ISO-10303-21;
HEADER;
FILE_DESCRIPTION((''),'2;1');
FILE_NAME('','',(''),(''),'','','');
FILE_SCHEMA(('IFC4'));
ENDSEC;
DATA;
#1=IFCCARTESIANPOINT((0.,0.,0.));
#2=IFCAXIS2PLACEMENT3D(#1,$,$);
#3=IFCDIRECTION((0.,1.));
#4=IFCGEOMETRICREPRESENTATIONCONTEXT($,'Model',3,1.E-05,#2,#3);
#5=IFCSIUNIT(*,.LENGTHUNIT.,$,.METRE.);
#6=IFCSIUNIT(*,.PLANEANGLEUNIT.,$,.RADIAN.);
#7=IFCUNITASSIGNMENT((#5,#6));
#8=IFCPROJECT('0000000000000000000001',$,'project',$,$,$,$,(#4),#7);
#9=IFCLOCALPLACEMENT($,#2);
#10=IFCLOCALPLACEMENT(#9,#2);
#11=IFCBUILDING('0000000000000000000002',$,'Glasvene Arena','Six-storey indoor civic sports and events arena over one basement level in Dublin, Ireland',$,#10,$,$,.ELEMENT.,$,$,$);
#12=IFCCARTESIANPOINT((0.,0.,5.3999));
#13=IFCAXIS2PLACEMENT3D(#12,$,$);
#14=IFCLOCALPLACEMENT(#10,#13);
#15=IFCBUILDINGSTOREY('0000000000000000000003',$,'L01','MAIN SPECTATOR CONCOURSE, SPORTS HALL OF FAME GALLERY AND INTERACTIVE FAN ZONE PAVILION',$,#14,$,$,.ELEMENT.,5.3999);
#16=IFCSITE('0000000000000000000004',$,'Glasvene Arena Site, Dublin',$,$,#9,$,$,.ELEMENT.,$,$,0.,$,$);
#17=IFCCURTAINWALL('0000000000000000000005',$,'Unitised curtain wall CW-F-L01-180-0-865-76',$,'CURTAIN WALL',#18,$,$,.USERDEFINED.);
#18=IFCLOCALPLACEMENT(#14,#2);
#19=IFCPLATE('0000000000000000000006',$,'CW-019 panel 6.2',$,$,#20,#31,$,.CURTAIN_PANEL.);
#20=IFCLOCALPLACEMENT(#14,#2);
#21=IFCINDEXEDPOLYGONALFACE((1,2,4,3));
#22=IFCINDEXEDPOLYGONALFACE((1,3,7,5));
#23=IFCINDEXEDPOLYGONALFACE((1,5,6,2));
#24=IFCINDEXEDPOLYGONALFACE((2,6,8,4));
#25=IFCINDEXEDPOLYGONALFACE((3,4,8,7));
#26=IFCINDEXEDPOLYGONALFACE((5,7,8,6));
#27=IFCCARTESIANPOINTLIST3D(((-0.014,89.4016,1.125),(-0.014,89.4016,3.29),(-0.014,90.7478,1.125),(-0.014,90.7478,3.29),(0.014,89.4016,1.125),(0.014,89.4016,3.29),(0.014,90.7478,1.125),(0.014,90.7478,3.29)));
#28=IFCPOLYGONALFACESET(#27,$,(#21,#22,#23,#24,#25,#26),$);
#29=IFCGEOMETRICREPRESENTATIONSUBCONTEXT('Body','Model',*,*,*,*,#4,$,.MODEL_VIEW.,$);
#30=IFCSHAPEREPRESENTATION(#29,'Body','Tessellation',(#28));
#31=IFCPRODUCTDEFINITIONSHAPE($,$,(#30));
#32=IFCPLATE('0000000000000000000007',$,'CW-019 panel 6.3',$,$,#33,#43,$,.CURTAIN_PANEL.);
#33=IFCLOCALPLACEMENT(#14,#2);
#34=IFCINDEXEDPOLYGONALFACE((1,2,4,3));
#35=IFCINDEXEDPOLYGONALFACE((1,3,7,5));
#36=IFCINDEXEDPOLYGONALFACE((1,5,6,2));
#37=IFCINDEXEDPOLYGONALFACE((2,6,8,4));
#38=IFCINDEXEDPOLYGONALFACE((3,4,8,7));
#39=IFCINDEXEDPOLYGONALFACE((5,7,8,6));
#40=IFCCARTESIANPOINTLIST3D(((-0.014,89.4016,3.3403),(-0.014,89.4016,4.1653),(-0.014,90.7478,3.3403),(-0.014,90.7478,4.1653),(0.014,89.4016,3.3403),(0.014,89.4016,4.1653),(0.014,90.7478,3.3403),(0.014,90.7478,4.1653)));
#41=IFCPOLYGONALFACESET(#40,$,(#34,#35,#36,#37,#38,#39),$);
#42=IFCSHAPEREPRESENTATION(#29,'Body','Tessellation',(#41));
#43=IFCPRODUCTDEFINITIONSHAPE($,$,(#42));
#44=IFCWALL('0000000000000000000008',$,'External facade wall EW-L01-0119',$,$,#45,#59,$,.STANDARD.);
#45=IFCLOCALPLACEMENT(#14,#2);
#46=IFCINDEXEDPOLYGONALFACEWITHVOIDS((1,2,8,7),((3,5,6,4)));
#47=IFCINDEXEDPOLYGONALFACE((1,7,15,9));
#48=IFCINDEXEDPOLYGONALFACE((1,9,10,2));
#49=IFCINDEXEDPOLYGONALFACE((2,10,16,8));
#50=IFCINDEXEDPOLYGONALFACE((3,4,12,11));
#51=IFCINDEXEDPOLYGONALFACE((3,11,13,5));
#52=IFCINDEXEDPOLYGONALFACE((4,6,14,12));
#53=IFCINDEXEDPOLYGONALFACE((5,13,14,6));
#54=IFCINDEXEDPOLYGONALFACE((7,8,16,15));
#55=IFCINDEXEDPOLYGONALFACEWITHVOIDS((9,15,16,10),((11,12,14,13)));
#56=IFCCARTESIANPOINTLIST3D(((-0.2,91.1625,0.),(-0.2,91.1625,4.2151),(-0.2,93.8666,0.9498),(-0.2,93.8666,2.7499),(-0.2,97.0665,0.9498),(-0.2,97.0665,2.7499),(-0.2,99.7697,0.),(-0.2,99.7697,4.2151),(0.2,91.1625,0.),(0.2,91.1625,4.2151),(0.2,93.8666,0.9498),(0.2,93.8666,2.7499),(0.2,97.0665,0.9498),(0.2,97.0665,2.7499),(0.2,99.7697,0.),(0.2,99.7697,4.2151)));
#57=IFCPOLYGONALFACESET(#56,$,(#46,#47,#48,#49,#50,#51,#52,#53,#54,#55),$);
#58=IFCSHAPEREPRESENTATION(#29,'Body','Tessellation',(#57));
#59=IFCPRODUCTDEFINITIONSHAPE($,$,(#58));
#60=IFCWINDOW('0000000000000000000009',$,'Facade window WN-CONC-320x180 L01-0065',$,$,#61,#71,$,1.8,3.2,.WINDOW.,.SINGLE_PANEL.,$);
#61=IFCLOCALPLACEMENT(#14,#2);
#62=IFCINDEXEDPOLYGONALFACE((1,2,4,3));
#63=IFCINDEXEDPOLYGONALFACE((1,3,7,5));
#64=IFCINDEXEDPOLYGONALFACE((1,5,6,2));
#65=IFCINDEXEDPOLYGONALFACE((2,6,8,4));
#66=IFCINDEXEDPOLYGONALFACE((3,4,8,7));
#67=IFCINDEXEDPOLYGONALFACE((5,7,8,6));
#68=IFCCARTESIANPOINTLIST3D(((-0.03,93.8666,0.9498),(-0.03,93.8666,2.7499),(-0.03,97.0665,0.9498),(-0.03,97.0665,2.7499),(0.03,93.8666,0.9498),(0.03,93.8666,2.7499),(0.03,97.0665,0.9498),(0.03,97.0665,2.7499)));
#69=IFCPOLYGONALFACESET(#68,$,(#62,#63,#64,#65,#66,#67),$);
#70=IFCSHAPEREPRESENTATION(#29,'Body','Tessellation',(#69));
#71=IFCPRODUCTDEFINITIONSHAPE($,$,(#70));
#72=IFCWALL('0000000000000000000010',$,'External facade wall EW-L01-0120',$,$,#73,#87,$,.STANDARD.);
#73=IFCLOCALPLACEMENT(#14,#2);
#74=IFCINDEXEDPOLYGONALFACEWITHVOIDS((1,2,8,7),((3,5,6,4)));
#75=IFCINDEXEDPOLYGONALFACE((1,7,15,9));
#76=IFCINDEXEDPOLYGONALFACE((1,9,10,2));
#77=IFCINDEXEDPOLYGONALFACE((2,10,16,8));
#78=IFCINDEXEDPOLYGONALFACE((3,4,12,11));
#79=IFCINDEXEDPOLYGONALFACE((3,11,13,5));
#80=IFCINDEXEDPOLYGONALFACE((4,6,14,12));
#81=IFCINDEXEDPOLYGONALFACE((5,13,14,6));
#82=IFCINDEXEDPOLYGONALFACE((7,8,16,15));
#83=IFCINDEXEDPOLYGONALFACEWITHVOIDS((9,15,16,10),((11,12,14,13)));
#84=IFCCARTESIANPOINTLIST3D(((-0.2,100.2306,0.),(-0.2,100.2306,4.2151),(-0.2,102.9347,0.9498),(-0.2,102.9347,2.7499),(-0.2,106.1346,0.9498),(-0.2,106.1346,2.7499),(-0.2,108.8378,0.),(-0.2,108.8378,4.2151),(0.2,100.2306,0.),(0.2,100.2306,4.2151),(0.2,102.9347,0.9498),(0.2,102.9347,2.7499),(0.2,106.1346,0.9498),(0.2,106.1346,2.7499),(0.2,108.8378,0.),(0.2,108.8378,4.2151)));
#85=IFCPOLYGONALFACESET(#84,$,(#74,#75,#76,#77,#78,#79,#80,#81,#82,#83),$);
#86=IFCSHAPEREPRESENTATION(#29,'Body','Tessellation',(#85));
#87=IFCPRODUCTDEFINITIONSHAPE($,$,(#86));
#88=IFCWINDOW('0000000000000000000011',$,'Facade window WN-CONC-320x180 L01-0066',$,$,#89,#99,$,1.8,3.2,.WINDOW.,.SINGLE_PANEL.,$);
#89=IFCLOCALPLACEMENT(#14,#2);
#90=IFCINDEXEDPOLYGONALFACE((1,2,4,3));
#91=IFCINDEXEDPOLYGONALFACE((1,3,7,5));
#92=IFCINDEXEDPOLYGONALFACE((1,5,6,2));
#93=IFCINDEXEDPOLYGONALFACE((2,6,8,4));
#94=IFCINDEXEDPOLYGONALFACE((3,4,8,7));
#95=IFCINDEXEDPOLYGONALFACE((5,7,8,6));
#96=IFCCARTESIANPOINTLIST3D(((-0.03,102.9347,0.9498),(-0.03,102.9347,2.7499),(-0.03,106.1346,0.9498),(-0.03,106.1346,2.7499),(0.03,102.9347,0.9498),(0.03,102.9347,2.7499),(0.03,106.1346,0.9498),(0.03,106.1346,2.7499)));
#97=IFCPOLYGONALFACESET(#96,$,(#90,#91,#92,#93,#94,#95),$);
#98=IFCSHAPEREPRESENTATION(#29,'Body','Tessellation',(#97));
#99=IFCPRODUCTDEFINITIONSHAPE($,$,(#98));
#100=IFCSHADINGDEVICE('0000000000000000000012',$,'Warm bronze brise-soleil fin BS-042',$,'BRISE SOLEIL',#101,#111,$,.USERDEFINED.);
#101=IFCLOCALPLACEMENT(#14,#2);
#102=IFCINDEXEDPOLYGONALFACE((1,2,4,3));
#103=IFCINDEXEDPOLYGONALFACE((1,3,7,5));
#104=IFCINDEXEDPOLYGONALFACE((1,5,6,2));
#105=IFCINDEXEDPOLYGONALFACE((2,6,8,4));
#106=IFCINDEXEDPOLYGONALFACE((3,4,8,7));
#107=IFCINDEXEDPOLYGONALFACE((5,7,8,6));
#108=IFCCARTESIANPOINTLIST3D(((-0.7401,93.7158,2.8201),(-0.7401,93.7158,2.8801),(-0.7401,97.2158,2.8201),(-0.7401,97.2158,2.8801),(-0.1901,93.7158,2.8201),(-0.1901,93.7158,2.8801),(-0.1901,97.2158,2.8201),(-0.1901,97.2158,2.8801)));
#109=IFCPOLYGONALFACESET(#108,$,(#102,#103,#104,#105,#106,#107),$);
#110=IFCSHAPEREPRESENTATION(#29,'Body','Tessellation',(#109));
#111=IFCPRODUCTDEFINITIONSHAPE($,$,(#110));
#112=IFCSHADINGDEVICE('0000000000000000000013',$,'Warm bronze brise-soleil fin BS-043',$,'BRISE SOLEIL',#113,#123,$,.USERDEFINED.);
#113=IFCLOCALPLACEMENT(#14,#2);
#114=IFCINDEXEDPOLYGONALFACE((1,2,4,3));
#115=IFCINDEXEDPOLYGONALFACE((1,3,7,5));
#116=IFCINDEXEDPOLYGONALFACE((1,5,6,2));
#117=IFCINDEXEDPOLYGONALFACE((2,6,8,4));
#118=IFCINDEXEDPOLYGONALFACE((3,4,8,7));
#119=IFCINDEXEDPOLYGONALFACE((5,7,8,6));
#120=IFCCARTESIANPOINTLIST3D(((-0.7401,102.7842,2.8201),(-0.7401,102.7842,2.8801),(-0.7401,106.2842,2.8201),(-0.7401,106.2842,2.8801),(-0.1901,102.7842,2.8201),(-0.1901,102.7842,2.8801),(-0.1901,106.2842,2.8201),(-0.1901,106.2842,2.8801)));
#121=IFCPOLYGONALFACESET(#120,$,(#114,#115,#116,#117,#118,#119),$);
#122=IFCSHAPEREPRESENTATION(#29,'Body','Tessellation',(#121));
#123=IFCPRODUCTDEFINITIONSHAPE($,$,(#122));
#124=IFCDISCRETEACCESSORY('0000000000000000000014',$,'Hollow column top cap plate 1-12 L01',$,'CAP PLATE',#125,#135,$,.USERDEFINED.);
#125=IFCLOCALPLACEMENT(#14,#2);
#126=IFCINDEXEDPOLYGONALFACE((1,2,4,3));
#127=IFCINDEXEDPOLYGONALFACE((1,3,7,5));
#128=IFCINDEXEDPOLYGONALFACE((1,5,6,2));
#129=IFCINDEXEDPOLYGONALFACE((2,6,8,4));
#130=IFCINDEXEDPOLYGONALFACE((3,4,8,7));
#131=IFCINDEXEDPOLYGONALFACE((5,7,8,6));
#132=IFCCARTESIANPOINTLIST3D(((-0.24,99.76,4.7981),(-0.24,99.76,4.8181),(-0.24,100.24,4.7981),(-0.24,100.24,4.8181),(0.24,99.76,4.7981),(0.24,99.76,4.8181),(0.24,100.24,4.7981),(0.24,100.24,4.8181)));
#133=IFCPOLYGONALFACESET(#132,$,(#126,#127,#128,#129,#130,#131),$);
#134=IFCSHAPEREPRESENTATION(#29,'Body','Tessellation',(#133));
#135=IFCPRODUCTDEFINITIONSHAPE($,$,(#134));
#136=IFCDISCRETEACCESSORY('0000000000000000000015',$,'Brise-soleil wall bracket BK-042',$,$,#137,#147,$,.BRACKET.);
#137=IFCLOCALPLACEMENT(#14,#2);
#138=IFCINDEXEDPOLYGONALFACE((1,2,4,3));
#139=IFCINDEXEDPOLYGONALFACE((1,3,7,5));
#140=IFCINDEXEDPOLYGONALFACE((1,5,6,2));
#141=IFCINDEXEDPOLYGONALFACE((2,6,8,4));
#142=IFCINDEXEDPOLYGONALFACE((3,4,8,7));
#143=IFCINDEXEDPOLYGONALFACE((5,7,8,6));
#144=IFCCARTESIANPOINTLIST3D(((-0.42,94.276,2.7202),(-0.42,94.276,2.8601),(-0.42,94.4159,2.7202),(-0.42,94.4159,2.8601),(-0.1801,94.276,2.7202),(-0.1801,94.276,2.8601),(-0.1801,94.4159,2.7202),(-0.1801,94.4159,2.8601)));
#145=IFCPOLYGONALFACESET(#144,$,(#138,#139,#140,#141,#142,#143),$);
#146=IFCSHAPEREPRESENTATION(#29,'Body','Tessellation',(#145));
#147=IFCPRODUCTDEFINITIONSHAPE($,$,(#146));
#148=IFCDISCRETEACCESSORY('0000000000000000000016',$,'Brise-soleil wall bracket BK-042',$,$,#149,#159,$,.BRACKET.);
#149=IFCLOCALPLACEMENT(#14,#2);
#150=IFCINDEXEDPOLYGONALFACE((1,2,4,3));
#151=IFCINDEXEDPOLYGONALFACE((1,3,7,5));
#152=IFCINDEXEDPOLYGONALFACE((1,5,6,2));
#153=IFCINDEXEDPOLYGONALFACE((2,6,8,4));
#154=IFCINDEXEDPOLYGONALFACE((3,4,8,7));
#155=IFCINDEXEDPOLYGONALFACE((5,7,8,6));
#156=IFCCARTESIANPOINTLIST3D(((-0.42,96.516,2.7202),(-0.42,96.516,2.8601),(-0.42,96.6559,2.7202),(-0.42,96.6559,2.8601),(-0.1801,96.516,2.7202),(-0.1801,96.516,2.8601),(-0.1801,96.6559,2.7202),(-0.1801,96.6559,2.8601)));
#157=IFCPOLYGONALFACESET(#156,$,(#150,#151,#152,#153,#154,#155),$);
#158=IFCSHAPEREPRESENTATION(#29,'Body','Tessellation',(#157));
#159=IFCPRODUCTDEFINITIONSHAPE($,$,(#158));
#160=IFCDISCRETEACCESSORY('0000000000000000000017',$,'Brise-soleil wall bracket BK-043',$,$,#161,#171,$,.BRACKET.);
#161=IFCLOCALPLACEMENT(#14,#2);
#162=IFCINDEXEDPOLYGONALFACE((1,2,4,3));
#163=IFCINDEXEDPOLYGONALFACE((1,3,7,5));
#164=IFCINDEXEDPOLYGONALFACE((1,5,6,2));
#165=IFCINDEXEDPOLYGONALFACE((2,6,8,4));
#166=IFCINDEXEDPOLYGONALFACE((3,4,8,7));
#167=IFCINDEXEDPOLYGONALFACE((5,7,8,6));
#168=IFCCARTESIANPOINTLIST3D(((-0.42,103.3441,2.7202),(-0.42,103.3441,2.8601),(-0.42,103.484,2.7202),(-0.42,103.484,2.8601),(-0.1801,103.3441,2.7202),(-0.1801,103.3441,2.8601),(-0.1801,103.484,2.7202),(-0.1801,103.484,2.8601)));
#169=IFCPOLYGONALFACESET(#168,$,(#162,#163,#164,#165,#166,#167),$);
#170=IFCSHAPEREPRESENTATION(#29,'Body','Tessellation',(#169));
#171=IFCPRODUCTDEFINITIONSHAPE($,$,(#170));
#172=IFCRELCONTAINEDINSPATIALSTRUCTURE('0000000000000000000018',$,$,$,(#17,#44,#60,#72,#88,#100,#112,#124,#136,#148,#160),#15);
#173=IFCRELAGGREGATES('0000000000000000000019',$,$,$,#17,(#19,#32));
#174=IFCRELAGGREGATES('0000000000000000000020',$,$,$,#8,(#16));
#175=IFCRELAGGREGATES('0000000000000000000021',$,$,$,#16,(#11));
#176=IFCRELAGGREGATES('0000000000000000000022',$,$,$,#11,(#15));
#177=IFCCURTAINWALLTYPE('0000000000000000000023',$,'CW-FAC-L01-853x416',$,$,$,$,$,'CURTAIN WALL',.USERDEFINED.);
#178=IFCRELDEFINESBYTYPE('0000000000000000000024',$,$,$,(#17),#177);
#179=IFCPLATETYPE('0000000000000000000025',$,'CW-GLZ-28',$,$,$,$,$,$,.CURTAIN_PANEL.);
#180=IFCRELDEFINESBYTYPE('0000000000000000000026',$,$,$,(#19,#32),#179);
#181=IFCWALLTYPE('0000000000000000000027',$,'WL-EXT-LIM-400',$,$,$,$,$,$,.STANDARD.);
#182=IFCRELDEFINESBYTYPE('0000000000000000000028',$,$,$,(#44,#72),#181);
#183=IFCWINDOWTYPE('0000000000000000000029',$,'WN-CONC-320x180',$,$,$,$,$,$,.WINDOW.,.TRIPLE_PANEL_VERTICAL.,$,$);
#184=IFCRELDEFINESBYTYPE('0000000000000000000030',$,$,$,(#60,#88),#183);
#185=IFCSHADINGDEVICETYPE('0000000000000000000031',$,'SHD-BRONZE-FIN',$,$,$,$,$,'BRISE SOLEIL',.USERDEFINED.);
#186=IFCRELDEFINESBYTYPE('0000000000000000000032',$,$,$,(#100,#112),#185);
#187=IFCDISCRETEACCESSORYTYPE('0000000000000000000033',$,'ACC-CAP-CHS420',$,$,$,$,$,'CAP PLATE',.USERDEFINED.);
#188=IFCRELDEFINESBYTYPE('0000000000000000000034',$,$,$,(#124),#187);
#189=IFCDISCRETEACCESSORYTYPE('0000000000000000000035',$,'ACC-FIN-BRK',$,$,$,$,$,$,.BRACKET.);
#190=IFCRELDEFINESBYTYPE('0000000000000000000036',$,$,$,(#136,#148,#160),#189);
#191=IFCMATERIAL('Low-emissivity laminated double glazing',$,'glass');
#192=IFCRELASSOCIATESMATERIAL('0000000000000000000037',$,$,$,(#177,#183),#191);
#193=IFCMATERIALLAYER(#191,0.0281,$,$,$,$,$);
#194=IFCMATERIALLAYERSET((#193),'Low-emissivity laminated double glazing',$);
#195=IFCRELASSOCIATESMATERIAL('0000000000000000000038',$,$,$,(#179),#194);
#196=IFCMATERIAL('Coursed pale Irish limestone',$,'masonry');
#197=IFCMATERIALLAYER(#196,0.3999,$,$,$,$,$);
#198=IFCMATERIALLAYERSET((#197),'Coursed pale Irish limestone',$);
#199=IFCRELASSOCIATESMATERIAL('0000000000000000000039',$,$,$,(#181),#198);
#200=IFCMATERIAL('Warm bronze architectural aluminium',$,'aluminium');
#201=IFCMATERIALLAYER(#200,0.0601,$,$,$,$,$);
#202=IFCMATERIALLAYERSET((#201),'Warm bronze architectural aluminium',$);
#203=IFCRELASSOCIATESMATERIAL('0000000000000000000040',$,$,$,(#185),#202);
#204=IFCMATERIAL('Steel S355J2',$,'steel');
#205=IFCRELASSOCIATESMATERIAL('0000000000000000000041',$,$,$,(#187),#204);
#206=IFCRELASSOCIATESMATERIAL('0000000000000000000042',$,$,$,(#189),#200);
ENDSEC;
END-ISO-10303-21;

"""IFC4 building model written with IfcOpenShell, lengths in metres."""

from ifc_helpers import new_model, si_unit, direction, frame, frame_2d, origin, origin_2d, place, context, subcontext, project, spatial, rectangle, extrude, material, layer, layer_set, type_object, element, fill, aggregate, save


model = new_model("IFC4")

# Units and contexts
model_context = context("Model", 3, precision=1e-05, world=origin(), true_north=direction((0.0, 1.0)))
body_context = subcontext(model_context, "Body", "Model", "MODEL_VIEW")
ifc_project = project(units=[si_unit("LENGTHUNIT", "METRE"), si_unit("PLANEANGLEUNIT", "RADIAN")], contexts=[model_context])

# Site, building, storey
site_placement = place(None, origin())
site = spatial("IfcSite", under=ifc_project, at=site_placement, Name="Glasvene Arena Site, Dublin", CompositionType="ELEMENT", RefElevation=0.0)
building_placement = place(site_placement, origin())
building = spatial("IfcBuilding", under=site, at=building_placement, Name="Glasvene Arena", Description="Six-storey indoor civic sports and events arena over one basement level in Dublin, Ireland", CompositionType="ELEMENT")
storey_placement = place(building_placement, frame((0.0, 0.0, 5.3999)))
storey = spatial("IfcBuildingStorey", under=building, at=storey_placement, Name="L01", Description="MAIN SPECTATOR CONCOURSE, SPORTS HALL OF FAME GALLERY AND INTERACTIVE FAN ZONE PAVILION", CompositionType="ELEMENT", Elevation=5.3999)

# Shared definitions
ifc_material_1 = material(Name="Steel S355J2", Category="steel")

# Curtain wall, plates
ifc_material_2 = material(Name="Low-emissivity laminated double glazing", Category="glass")
curtain_wall_type = type_object("IfcCurtainWallType", Name="CW-FAC-L01-853x416", ElementType="CURTAIN WALL", PredefinedType="USERDEFINED", material=ifc_material_2)
curtain_wall_placement = place(storey_placement, frame((0.0, 82.2705, 0.0)))
curtain_wall = element("IfcCurtainWall", 1, at=curtain_wall_placement, inside=storey, type_object=curtain_wall_type, Name="Unitised curtain wall CW-F-L01-180-0-865-76", ObjectType="CURTAIN WALL", PredefinedType="USERDEFINED")
ifc_layer_1 = layer(ifc_material_2, 0.0281)
ifc_layer_set_1 = layer_set([ifc_layer_1], Name="Low-emissivity laminated double glazing")
plate_type = type_object("IfcPlateType", Name="CW-GLZ-28", PredefinedType="CURTAIN_PANEL", material=ifc_layer_set_1)
plate_1_placement = place(storey_placement, frame((0.0, 90.0747, 1.125), z_axis=(0.0, 0.0, 1.0), x_axis=(0.0, 1.0, 0.0)))
plate_1 = element("IfcPlate", 2, at=plate_1_placement, type_object=plate_type, Name="CW-019 panel 6.2", PredefinedType="CURTAIN_PANEL", context=body_context, shape_type="SweptSolid", body=[
    extrude(rectangle(XDim=1.3462, YDim=0.0281, at=origin_2d()), origin(), (0.0, 0.0, 1.0), 2.165),
])
plate_2_placement = place(storey_placement, frame((0.0, 90.0747, 3.3403), z_axis=(0.0, 0.0, 1.0), x_axis=(0.0, 1.0, 0.0)))
plate_2 = element("IfcPlate", 3, at=plate_2_placement, type_object=plate_type, Name="CW-019 panel 6.3", PredefinedType="CURTAIN_PANEL", context=body_context, shape_type="SweptSolid", body=[
    extrude(rectangle(XDim=1.3462, YDim=0.0281, at=origin_2d()), origin(), (0.0, 0.0, 1.0), 0.825),
])
aggregate(curtain_wall, [plate_1, plate_2])

# Walls, openings, windows
ifc_material_3 = material(Name="Coursed pale Irish limestone", Category="masonry")
ifc_layer_2 = layer(ifc_material_3, 0.3999)
ifc_layer_set_2 = layer_set([ifc_layer_2], Name="Coursed pale Irish limestone")
wall_type = type_object("IfcWallType", Name="WL-EXT-LIM-400", PredefinedType="STANDARD", material=ifc_layer_set_2)
wall_1_placement = place(storey_placement, frame((0.0, 91.1624, 0.0), z_axis=(0.0, 0.0, 1.0), x_axis=(0.0, 1.0, 0.0)))
wall_1 = element("IfcWall", 4, at=wall_1_placement, inside=storey, type_object=wall_type, Name="External facade wall EW-L01-0119", PredefinedType="STANDARD", context=body_context, shape_type="SweptSolid", body=[
    extrude(rectangle(XDim=8.6072, YDim=0.3999, at=frame_2d((4.3037, 0.0))), origin(), (0.0, 0.0, 1.0), 4.2151),
])
opening_1_placement = place(wall_1_placement, frame((2.7041, 0.0, 0.95)))
opening_1 = element("IfcOpeningElement", 5, at=opening_1_placement, cuts=wall_1, PredefinedType="OPENING", context=body_context, shape_type="SweptSolid", body=[
    extrude(rectangle(XDim=3.2, YDim=1.8, at=frame_2d((1.6001, 0.8999))), frame((0.0, 0.21, 0.0), z_axis=(0.0, -1.0, 0.0), x_axis=(1.0, 0.0, 0.0)), (0.0, 0.0, 1.0), 0.4199),
])
window_type = type_object("IfcWindowType", Name="WN-CONC-320x180", PartitioningType="TRIPLE_PANEL_VERTICAL", PredefinedType="WINDOW", material=ifc_material_2)
window_1_placement = place(opening_1_placement, origin())
window_1 = element("IfcWindow", 6, at=window_1_placement, inside=storey, type_object=window_type, Name="Facade window WN-CONC-320x180 L01-0065", OverallHeight=1.8, OverallWidth=3.2, PartitioningType="SINGLE_PANEL", PredefinedType="WINDOW", context=body_context, shape_type="SweptSolid", body=[
    extrude(rectangle(XDim=3.2, YDim=1.8, at=frame_2d((1.6001, 0.8999))), frame((0.0, 0.03, 0.0), z_axis=(0.0, -1.0, 0.0), x_axis=(1.0, 0.0, 0.0)), (0.0, 0.0, 1.0), 0.0601),
])
fill(opening_1, window_1)
wall_2_placement = place(storey_placement, frame((0.0, 100.2305, 0.0), z_axis=(0.0, 0.0, 1.0), x_axis=(0.0, 1.0, 0.0)))
wall_2 = element("IfcWall", 7, at=wall_2_placement, inside=storey, type_object=wall_type, Name="External facade wall EW-L01-0120", PredefinedType="STANDARD", context=body_context, shape_type="SweptSolid", body=[
    extrude(rectangle(XDim=8.6072, YDim=0.3999, at=frame_2d((4.3037, 0.0))), origin(), (0.0, 0.0, 1.0), 4.2151),
])
opening_2_placement = place(wall_2_placement, frame((2.7041, 0.0, 0.95)))
opening_2 = element("IfcOpeningElement", 8, at=opening_2_placement, cuts=wall_2, PredefinedType="OPENING", context=body_context, shape_type="SweptSolid", body=[
    extrude(rectangle(XDim=3.2, YDim=1.8, at=frame_2d((1.6001, 0.8999))), frame((0.0, 0.21, 0.0), z_axis=(0.0, -1.0, 0.0), x_axis=(1.0, 0.0, 0.0)), (0.0, 0.0, 1.0), 0.4199),
])
window_2_placement = place(opening_2_placement, origin())
window_2 = element("IfcWindow", 9, at=window_2_placement, inside=storey, type_object=window_type, Name="Facade window WN-CONC-320x180 L01-0066", OverallHeight=1.8, OverallWidth=3.2, PartitioningType="SINGLE_PANEL", PredefinedType="WINDOW", context=body_context, shape_type="SweptSolid", body=[
    extrude(rectangle(XDim=3.2, YDim=1.8, at=frame_2d((1.6001, 0.8999))), frame((0.0, 0.03, 0.0), z_axis=(0.0, -1.0, 0.0), x_axis=(1.0, 0.0, 0.0)), (0.0, 0.0, 1.0), 0.0601),
])
fill(opening_2, window_2)

# Shading devices
ifc_material_4 = material(Name="Warm bronze architectural aluminium", Category="aluminium")
ifc_layer_3 = layer(ifc_material_4, 0.0601)
ifc_layer_set_3 = layer_set([ifc_layer_3], Name="Warm bronze architectural aluminium")
shading_device_type = type_object("IfcShadingDeviceType", Name="SHD-BRONZE-FIN", ElementType="BRISE SOLEIL", PredefinedType="USERDEFINED", material=ifc_layer_set_3)
for number, where, z_axis, x_axis, name in (
    (10, (-0.4651, 95.4658, 2.8201), (0.0, 0.0, 1.0), (0.0, 1.0, 0.0), "Warm bronze brise-soleil fin BS-042"),
    (11, (-0.4651, 104.5342, 2.8201), (0.0, 0.0, 1.0), (0.0, 1.0, 0.0), "Warm bronze brise-soleil fin BS-043"),
):
    element("IfcShadingDevice", number, at=place(storey_placement, frame(where, z_axis=z_axis, x_axis=x_axis)), inside=storey, type_object=shading_device_type, Name=name, ObjectType="BRISE SOLEIL", PredefinedType="USERDEFINED", context=body_context, shape_type="SweptSolid", body=[
        extrude(rectangle(XDim=3.5, YDim=0.55, at=origin_2d()), origin(), (0.0, 0.0, 1.0), 0.0601),
    ])

# Discrete accessories
discrete_accessory_type_1 = type_object("IfcDiscreteAccessoryType", Name="ACC-CAP-CHS420", ElementType="CAP PLATE", PredefinedType="USERDEFINED", material=ifc_material_1)
discrete_accessory_placement = place(storey_placement, frame((0.0, 100.0, 4.7981), z_axis=(0.0, 0.0, 1.0), x_axis=(1.0, 0.0, 0.0)))
element("IfcDiscreteAccessory", 12, at=discrete_accessory_placement, inside=storey, type_object=discrete_accessory_type_1, Name="Hollow column top cap plate 1-12 L01", ObjectType="CAP PLATE", PredefinedType="USERDEFINED", context=body_context, shape_type="SweptSolid", body=[
    extrude(rectangle(XDim=0.48, YDim=0.48, at=origin_2d()), origin(), (0.0, 0.0, 1.0), 0.02),
])
discrete_accessory_type_2 = type_object("IfcDiscreteAccessoryType", Name="ACC-FIN-BRK", PredefinedType="BRACKET", material=ifc_material_4)
for number, where, z_axis, x_axis, name in (
    (13, (-0.3, 94.3459, 2.7202), (0.0, 0.0, 1.0), (0.0, 1.0, 0.0), "Brise-soleil wall bracket BK-042"),
    (14, (-0.3, 96.5859, 2.7202), (0.0, 0.0, 1.0), (0.0, 1.0, 0.0), "Brise-soleil wall bracket BK-042"),
    (15, (-0.3, 103.4141, 2.7202), (0.0, 0.0, 1.0), (0.0, 1.0, 0.0), "Brise-soleil wall bracket BK-043"),
):
    element("IfcDiscreteAccessory", number, at=place(storey_placement, frame(where, z_axis=z_axis, x_axis=x_axis)), inside=storey, type_object=discrete_accessory_type_2, Name=name, PredefinedType="BRACKET", context=body_context, shape_type="SweptSolid", body=[
        extrude(rectangle(XDim=0.1399, YDim=0.24, at=origin_2d()), origin(), (0.0, 0.0, 1.0), 0.1399),
    ])

save(model, "model.ifc")
